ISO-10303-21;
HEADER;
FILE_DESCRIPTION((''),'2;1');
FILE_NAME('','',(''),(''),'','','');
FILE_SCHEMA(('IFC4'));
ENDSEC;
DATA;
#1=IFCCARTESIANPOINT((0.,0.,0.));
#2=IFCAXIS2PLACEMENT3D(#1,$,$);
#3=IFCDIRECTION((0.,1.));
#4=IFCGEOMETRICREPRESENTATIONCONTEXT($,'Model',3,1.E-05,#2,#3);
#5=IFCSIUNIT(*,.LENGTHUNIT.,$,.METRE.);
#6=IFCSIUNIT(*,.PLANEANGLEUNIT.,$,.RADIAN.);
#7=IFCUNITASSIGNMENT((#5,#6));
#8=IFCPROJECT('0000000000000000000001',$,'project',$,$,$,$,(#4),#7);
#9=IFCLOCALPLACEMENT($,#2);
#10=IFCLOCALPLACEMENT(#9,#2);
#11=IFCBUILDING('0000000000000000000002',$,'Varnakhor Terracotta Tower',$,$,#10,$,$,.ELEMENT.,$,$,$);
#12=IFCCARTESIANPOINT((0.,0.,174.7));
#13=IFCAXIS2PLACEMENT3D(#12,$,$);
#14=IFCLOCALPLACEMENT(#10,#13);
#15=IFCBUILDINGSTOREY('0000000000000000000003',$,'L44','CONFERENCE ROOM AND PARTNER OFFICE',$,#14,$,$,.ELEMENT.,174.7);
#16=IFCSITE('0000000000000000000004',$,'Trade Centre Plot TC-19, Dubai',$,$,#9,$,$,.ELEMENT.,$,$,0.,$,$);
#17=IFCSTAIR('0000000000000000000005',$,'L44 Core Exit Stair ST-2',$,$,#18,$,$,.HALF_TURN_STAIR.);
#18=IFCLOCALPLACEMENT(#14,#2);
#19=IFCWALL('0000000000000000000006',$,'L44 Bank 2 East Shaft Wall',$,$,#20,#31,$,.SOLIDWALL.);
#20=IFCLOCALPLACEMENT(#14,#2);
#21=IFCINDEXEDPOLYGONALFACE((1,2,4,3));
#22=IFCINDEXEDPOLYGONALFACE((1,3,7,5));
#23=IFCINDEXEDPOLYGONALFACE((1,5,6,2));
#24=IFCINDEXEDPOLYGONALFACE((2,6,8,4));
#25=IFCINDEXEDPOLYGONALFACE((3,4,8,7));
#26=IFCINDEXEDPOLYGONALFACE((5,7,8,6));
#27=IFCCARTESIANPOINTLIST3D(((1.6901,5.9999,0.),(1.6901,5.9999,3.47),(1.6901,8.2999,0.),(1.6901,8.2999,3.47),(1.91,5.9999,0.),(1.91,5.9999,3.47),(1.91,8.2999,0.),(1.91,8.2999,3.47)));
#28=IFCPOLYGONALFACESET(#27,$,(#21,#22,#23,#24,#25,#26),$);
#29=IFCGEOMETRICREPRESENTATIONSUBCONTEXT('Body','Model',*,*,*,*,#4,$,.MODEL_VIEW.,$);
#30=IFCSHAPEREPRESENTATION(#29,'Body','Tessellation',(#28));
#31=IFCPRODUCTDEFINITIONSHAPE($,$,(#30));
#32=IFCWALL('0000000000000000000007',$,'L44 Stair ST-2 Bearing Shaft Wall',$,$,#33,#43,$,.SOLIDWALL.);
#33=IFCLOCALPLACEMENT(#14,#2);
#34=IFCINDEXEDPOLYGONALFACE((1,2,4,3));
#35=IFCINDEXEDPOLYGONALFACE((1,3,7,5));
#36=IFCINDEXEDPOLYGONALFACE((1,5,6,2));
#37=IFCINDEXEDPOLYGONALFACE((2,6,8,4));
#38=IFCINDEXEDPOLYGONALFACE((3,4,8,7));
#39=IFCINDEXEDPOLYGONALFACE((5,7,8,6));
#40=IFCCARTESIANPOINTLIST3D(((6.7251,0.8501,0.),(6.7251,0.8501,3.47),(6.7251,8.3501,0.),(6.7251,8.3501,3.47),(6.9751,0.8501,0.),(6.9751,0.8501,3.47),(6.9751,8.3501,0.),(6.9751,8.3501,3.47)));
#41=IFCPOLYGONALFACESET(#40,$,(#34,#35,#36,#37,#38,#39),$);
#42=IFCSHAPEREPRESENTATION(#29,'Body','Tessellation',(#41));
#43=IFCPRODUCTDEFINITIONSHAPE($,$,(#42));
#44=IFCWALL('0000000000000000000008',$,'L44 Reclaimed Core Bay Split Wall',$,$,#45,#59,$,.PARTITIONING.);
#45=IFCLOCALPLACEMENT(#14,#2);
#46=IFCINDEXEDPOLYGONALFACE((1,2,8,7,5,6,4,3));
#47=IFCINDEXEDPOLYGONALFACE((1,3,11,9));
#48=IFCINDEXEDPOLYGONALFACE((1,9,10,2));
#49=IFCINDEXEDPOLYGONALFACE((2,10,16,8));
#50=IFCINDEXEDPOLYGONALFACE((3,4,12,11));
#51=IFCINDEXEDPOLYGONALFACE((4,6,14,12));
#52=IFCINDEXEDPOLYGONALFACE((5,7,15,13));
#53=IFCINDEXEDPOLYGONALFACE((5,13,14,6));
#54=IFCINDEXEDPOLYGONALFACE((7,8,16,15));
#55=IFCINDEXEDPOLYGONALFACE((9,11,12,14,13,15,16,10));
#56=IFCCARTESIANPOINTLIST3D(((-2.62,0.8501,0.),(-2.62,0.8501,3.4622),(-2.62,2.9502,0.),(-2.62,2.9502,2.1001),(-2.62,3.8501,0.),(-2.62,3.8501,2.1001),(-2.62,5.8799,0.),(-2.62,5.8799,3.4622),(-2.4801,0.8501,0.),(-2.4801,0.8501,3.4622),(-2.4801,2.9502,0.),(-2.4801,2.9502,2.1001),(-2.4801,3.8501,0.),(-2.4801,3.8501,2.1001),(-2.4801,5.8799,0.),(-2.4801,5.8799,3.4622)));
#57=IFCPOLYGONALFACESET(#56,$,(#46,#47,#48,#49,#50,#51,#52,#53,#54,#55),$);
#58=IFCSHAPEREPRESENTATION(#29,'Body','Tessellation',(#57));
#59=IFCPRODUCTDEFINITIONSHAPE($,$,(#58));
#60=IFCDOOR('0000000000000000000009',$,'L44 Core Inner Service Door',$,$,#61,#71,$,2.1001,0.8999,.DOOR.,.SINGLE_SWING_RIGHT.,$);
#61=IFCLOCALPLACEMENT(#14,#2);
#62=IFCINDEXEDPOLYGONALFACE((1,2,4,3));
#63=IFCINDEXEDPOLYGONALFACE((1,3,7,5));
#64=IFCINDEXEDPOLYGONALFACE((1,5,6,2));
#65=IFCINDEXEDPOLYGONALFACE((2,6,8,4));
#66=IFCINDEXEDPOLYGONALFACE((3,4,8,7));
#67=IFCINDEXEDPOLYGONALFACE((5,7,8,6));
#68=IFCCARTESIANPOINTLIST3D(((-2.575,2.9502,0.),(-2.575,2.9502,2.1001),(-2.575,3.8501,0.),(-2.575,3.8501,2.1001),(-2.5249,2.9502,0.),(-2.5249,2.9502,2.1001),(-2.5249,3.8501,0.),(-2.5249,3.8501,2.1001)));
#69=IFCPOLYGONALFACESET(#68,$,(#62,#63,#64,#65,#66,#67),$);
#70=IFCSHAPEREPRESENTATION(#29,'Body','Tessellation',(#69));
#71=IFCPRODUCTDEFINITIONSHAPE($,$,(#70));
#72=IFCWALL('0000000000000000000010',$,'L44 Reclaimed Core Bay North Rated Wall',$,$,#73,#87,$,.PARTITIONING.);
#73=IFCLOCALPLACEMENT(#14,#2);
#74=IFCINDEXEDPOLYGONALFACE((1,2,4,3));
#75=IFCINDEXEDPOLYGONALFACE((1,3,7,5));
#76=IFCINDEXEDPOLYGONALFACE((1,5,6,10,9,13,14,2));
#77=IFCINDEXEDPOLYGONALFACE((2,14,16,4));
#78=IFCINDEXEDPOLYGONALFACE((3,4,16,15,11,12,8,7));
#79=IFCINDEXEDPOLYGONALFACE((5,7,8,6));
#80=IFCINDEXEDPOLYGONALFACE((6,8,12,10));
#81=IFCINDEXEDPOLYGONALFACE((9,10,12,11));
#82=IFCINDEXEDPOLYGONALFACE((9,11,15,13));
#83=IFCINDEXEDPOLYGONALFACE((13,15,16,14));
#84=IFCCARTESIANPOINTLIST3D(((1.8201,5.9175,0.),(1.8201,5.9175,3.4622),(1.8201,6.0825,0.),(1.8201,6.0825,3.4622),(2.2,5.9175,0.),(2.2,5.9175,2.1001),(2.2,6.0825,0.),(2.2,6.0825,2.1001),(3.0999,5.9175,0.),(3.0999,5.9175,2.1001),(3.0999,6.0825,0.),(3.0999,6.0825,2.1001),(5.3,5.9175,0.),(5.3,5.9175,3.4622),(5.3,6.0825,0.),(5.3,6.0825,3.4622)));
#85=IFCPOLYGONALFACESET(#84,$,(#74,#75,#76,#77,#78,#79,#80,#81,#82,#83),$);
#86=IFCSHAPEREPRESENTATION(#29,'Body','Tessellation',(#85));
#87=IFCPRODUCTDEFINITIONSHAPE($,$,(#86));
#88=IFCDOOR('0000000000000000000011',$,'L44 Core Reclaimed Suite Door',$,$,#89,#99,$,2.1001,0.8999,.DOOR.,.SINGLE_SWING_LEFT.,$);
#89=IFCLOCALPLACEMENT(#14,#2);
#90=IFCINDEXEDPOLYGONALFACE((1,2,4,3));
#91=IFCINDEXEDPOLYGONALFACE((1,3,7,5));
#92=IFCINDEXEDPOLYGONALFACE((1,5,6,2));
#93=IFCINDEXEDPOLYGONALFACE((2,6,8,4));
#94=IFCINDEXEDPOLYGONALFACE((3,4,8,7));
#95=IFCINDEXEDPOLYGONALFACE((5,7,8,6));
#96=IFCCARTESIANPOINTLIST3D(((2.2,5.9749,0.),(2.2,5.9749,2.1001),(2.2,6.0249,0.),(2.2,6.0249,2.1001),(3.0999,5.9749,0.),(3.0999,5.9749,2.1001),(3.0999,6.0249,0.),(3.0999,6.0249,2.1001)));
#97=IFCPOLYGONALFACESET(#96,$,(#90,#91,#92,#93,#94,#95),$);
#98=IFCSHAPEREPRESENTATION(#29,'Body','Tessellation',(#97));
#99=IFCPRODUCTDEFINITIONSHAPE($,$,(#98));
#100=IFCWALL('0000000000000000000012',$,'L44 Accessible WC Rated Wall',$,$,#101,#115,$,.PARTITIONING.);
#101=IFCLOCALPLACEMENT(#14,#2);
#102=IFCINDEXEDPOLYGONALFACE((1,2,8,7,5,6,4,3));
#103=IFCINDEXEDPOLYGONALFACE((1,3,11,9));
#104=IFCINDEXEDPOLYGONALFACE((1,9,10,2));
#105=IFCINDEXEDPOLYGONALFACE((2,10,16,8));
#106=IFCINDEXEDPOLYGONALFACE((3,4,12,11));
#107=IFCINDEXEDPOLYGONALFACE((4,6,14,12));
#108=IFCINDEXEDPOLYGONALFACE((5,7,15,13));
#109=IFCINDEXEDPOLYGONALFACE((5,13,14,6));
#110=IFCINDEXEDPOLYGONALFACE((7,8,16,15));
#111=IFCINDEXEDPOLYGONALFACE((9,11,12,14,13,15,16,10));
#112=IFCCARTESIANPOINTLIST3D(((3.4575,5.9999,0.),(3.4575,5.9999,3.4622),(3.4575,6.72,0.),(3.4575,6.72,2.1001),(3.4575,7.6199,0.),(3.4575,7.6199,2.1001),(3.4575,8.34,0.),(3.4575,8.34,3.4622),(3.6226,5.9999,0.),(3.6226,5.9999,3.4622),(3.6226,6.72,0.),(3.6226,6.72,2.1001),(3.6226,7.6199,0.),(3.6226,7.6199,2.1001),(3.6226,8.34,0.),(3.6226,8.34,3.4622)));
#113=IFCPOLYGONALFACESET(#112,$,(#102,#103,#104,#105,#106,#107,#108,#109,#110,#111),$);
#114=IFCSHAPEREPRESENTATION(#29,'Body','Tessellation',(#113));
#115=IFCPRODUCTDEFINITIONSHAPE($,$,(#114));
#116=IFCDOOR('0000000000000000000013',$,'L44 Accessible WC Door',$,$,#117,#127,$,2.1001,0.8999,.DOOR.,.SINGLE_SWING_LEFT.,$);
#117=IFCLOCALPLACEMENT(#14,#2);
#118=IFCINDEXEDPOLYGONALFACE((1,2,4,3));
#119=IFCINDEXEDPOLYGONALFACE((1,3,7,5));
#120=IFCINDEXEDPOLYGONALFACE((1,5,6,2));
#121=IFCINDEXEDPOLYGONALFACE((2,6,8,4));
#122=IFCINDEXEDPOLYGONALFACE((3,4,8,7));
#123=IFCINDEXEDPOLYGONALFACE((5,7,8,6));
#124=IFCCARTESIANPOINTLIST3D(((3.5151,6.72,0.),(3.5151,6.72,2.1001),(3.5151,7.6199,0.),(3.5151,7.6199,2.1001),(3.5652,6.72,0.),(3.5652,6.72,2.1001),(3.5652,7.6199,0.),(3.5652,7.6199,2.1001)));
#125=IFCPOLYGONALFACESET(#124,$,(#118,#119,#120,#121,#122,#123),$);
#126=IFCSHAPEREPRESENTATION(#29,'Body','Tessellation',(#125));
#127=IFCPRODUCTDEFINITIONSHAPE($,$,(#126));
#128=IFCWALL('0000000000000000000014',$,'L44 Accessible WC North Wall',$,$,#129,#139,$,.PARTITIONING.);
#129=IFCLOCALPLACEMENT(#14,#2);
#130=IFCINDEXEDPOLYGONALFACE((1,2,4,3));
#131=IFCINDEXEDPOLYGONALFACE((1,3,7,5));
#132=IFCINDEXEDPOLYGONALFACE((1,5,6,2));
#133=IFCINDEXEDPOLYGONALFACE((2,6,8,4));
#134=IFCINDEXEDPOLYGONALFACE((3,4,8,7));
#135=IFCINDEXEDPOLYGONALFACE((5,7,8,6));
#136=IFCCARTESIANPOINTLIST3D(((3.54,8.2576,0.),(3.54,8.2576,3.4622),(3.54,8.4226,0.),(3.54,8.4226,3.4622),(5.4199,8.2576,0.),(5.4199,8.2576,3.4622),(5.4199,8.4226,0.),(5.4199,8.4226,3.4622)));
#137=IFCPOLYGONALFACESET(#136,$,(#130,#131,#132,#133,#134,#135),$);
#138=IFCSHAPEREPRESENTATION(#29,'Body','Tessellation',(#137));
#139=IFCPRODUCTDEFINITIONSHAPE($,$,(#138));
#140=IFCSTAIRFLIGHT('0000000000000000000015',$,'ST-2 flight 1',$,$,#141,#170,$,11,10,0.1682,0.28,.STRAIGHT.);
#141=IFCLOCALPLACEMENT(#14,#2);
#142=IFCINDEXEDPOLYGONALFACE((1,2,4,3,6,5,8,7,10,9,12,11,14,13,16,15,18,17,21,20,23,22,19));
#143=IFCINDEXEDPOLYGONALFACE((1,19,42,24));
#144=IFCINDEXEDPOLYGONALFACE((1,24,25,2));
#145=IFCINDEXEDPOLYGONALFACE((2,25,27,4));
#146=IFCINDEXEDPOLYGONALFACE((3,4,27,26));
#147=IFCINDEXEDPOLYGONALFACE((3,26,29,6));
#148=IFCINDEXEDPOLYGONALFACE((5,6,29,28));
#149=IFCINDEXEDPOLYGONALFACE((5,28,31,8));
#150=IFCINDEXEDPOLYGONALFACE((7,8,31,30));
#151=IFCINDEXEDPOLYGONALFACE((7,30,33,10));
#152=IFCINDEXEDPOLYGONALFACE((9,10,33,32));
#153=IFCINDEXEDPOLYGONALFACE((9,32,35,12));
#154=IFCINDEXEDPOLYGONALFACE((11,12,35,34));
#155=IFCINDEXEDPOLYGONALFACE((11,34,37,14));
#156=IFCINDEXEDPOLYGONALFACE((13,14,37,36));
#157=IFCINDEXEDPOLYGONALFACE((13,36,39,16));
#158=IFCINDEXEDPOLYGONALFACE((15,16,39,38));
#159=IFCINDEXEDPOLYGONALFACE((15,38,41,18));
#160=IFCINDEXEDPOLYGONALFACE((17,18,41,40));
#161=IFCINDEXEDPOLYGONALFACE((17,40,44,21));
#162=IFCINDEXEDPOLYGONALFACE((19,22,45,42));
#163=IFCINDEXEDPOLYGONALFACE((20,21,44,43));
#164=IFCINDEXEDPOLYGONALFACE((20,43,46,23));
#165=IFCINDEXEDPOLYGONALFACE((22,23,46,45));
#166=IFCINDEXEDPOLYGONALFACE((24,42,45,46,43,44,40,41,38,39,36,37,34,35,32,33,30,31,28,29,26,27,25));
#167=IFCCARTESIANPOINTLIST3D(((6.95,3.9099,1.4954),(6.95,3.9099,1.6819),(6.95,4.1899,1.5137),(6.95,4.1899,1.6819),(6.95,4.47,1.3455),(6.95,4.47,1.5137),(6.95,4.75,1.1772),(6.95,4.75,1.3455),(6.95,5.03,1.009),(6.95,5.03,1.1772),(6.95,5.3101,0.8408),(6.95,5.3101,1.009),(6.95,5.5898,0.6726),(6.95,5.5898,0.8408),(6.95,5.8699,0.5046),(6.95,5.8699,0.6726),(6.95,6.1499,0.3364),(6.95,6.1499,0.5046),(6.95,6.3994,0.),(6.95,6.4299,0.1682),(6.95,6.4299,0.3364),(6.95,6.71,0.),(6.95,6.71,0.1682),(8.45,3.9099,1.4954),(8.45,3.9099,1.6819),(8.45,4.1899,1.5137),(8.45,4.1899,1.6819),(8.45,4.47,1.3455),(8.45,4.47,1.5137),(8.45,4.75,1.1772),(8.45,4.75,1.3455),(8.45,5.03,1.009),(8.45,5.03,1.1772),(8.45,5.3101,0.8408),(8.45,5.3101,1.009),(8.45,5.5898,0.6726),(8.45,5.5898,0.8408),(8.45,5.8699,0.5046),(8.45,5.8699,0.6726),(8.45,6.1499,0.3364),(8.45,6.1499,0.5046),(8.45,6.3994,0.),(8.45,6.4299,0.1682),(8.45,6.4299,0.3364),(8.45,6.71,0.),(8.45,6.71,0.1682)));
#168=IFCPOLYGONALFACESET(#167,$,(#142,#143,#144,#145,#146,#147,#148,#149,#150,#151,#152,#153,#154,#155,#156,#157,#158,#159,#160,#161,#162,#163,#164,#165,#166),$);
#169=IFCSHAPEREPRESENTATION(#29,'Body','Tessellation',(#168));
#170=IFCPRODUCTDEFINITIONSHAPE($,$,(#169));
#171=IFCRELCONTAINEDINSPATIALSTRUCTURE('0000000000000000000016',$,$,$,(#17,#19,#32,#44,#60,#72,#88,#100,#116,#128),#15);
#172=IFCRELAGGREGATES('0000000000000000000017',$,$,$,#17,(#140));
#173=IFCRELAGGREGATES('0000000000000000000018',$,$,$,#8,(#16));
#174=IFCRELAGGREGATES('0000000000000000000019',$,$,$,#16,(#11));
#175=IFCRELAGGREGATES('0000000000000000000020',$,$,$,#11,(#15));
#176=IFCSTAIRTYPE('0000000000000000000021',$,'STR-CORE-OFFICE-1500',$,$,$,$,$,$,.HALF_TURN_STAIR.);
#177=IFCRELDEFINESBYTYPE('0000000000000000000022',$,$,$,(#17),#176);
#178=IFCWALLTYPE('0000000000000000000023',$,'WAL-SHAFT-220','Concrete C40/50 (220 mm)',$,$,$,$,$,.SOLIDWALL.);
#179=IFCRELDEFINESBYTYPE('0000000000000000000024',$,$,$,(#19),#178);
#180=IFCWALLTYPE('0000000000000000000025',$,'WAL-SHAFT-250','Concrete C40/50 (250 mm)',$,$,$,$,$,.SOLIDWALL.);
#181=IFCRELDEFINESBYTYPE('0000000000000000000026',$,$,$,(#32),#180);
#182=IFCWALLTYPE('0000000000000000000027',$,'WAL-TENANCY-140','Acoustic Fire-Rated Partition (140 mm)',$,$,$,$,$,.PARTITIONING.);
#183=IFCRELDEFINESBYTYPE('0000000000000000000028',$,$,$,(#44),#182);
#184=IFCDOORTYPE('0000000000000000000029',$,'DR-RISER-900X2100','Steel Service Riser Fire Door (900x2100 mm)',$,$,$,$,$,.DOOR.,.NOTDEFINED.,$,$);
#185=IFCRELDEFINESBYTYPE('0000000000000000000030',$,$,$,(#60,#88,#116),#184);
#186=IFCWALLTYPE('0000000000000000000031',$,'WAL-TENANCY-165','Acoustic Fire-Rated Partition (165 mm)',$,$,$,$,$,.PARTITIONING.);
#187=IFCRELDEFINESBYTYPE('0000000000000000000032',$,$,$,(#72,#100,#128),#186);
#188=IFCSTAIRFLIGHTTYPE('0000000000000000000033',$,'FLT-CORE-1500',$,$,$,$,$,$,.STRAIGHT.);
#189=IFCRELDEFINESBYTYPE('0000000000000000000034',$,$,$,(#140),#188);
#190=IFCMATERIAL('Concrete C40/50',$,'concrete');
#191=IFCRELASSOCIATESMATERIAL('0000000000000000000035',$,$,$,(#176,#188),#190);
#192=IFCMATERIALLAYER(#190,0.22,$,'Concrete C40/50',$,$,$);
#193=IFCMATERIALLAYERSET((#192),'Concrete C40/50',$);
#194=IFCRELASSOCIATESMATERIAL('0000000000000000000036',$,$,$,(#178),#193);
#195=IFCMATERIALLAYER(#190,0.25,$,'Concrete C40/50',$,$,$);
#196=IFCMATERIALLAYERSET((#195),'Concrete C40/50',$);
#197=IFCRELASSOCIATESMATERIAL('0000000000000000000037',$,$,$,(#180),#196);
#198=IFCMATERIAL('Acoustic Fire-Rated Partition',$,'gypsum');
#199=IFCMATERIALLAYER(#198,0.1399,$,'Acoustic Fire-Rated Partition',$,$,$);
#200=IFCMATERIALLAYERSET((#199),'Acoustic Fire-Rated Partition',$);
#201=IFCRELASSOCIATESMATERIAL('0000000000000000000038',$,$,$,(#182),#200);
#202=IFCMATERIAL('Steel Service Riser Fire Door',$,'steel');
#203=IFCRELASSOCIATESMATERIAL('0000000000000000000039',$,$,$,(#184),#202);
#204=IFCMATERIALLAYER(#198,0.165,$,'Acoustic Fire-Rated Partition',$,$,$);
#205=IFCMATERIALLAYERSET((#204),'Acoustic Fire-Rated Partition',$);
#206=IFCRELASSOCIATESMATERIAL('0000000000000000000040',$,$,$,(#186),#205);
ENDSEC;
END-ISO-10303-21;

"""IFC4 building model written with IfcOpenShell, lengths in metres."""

from ifc_helpers import new_model, si_unit, direction, frame, frame_2d, origin, place, context, subcontext, project, spatial, polyline, rectangle, outline, extrude, source, transform, mapped, material, layer, layer_set, type_object, type_shapes, element, fill, aggregate, save


model = new_model("IFC4")

# Units and contexts
model_context = context("Model", 3, precision=1e-05, world=origin(), true_north=direction((0.0, 1.0)))
body_context = subcontext(model_context, "Body", "Model", "MODEL_VIEW")
ifc_project = project(units=[si_unit("LENGTHUNIT", "METRE"), si_unit("PLANEANGLEUNIT", "RADIAN")], contexts=[model_context])

# Site, building, storey
site_placement = place(None, origin())
site = spatial("IfcSite", under=ifc_project, at=site_placement, Name="Trade Centre Plot TC-19, Dubai", CompositionType="ELEMENT", RefElevation=0.0)
building_placement = place(site_placement, origin())
building = spatial("IfcBuilding", under=site, at=building_placement, Name="Varnakhor Terracotta Tower", CompositionType="ELEMENT")
storey_placement = place(building_placement, frame((0.0, 0.0, 174.7)))
storey = spatial("IfcBuildingStorey", under=building, at=storey_placement, Name="L44", Description="CONFERENCE ROOM AND PARTNER OFFICE", CompositionType="ELEMENT", Elevation=174.7)

# Stair
ifc_material_1 = material(Name="Concrete C40/50", Category="concrete")
stair_type = type_object("IfcStairType", Name="STR-CORE-OFFICE-1500", PredefinedType="HALF_TURN_STAIR", material=ifc_material_1)
stair_1_placement = place(storey_placement, origin())
stair_1 = element("IfcStair", 1, at=stair_1_placement, inside=storey, type_object=stair_type, Name="L44 Core Exit Stair ST-2", PredefinedType="HALF_TURN_STAIR")

# Walls
ifc_layer_1 = layer(ifc_material_1, 0.22, Name="Concrete C40/50")
ifc_layer_set_1 = layer_set([ifc_layer_1], Name="Concrete C40/50")
wall_type_1 = type_object("IfcWallType", Name="WAL-SHAFT-220", Description="Concrete C40/50 (220 mm)", PredefinedType="SOLIDWALL", material=ifc_layer_set_1)
wall_1_placement = place(storey_placement, frame((1.8, 6.0, 0.0), z_axis=(0.0, 0.0, 1.0), x_axis=(0.0, 1.0, 0.0)))
element("IfcWall", 2, at=wall_1_placement, inside=storey, type_object=wall_type_1, Name="L44 Bank 2 East Shaft Wall", PredefinedType="SOLIDWALL", context=body_context, shape_type="SweptSolid", body=[
    extrude(rectangle(XDim=2.3, YDim=0.22, at=frame_2d((1.1499, 0.0))), origin(), (0.0, 0.0, 1.0), 3.47),
])
ifc_layer_2 = layer(ifc_material_1, 0.25, Name="Concrete C40/50")
ifc_layer_set_2 = layer_set([ifc_layer_2], Name="Concrete C40/50")
wall_type_2 = type_object("IfcWallType", Name="WAL-SHAFT-250", Description="Concrete C40/50 (250 mm)", PredefinedType="SOLIDWALL", material=ifc_layer_set_2)
wall_2_placement = place(storey_placement, frame((6.8501, 0.8501, 0.0), z_axis=(0.0, 0.0, 1.0), x_axis=(0.0, 1.0, 0.0)))
element("IfcWall", 3, at=wall_2_placement, inside=storey, type_object=wall_type_2, Name="L44 Stair ST-2 Bearing Shaft Wall", PredefinedType="SOLIDWALL", context=body_context, shape_type="SweptSolid", body=[
    extrude(rectangle(XDim=7.5, YDim=0.25, at=frame_2d((3.75, 0.0))), origin(), (0.0, 0.0, 1.0), 3.47),
])

# Walls, openings, doors
ifc_material_2 = material(Name="Acoustic Fire-Rated Partition", Category="gypsum")
ifc_layer_3 = layer(ifc_material_2, 0.1399, Name="Acoustic Fire-Rated Partition")
ifc_layer_set_3 = layer_set([ifc_layer_3], Name="Acoustic Fire-Rated Partition")
wall_type_3 = type_object("IfcWallType", Name="WAL-TENANCY-140", Description="Acoustic Fire-Rated Partition (140 mm)", PredefinedType="PARTITIONING", material=ifc_layer_set_3)
wall_3_placement = place(storey_placement, frame((-2.55, 0.8501, 0.0), z_axis=(0.0, 0.0, 1.0), x_axis=(0.0, 1.0, 0.0)))
wall_3 = element("IfcWall", 4, at=wall_3_placement, inside=storey, type_object=wall_type_3, Name="L44 Reclaimed Core Bay Split Wall", PredefinedType="PARTITIONING", context=body_context, shape_type="SweptSolid", body=[
    extrude(rectangle(XDim=5.0298, YDim=0.1399, at=frame_2d((2.5149, 0.0))), origin(), (0.0, 0.0, 1.0), 3.4622),
])
opening_1_placement = place(wall_3_placement, frame((2.1001, 0.0, 0.0)))
opening_1 = element("IfcOpeningElement", 5, at=opening_1_placement, cuts=wall_3, PredefinedType="OPENING", context=body_context, shape_type="SweptSolid", body=[
    extrude(rectangle(XDim=0.8999, YDim=2.1001, at=frame_2d((0.45, 1.05))), frame((0.0, 0.0801, 0.0), z_axis=(0.0, -1.0, 0.0), x_axis=(1.0, 0.0, 0.0)), (0.0, 0.0, 1.0), 0.1599),
])
ifc_material_3 = material(Name="Steel Service Riser Fire Door", Category="steel")
door_type_1 = type_object("IfcDoorType", Name="DR-RISER-900X2100", Description="Steel Service Riser Fire Door (900x2100 mm)", OperationType="NOTDEFINED", PredefinedType="DOOR", material=ifc_material_3)
shared_shape_1 = source(origin(), body_context, "Body", "SweptSolid", [
    extrude(rectangle(XDim=0.8999, YDim=2.1001, at=frame_2d((0.45, 1.05))), frame((0.0, 0.0249, 0.0), z_axis=(0.0, -1.0, 0.0), x_axis=(1.0, 0.0, 0.0)), (0.0, 0.0, 1.0), 0.05),
])
type_shapes(door_type_1, [shared_shape_1])
door_1_placement = place(opening_1_placement, origin())
door_1 = element("IfcDoor", 6, at=door_1_placement, inside=storey, type_object=door_type_1, Name="L44 Core Inner Service Door", OperationType="SINGLE_SWING_RIGHT", OverallHeight=2.1001, OverallWidth=0.8999, PredefinedType="DOOR", context=body_context, shape_type="MappedRepresentation", body=[
    mapped(shared_shape_1, transform((0.0, 0.0, 0.0), scale=1.0)),
])
fill(opening_1, door_1)
ifc_layer_4 = layer(ifc_material_2, 0.165, Name="Acoustic Fire-Rated Partition")
ifc_layer_set_4 = layer_set([ifc_layer_4], Name="Acoustic Fire-Rated Partition")
wall_type_4 = type_object("IfcWallType", Name="WAL-TENANCY-165", Description="Acoustic Fire-Rated Partition (165 mm)", PredefinedType="PARTITIONING", material=ifc_layer_set_4)
wall_4_placement = place(storey_placement, frame((1.8201, 6.0, 0.0), z_axis=(0.0, 0.0, 1.0), x_axis=(1.0, 0.0, 0.0)))
wall_4 = element("IfcWall", 7, at=wall_4_placement, inside=storey, type_object=wall_type_4, Name="L44 Reclaimed Core Bay North Rated Wall", PredefinedType="PARTITIONING", context=body_context, shape_type="SweptSolid", body=[
    extrude(rectangle(XDim=3.48, YDim=0.165, at=frame_2d((1.74, 0.0))), origin(), (0.0, 0.0, 1.0), 3.4622),
])
opening_2_placement = place(wall_4_placement, frame((0.3799, 0.0, 0.0)))
opening_2 = element("IfcOpeningElement", 8, at=opening_2_placement, cuts=wall_4, PredefinedType="OPENING", context=body_context, shape_type="SweptSolid", body=[
    extrude(rectangle(XDim=0.8999, YDim=2.1001, at=frame_2d((0.45, 1.05))), frame((0.0, 0.0925, 0.0), z_axis=(0.0, -1.0, 0.0), x_axis=(1.0, 0.0, 0.0)), (0.0, 0.0, 1.0), 0.1851),
])
door_2_placement = place(opening_2_placement, origin())
door_2 = element("IfcDoor", 9, at=door_2_placement, inside=storey, type_object=door_type_1, Name="L44 Core Reclaimed Suite Door", OperationType="SINGLE_SWING_LEFT", OverallHeight=2.1001, OverallWidth=0.8999, PredefinedType="DOOR", context=body_context, shape_type="MappedRepresentation", body=[
    mapped(shared_shape_1, transform((0.0, 0.0, 0.0), scale=1.0)),
])
fill(opening_2, door_2)
wall_5_placement = place(storey_placement, frame((3.54, 6.0, 0.0), z_axis=(0.0, 0.0, 1.0), x_axis=(0.0, 1.0, 0.0)))
wall_5 = element("IfcWall", 10, at=wall_5_placement, inside=storey, type_object=wall_type_4, Name="L44 Accessible WC Rated Wall", PredefinedType="PARTITIONING", context=body_context, shape_type="SweptSolid", body=[
    extrude(rectangle(XDim=2.3401, YDim=0.165, at=frame_2d((1.1699, 0.0))), origin(), (0.0, 0.0, 1.0), 3.4622),
])
opening_3_placement = place(wall_5_placement, frame((0.72, 0.0, 0.0)))
opening_3 = element("IfcOpeningElement", 11, at=opening_3_placement, cuts=wall_5, PredefinedType="OPENING", context=body_context, shape_type="SweptSolid", body=[
    extrude(rectangle(XDim=0.8999, YDim=2.1001, at=frame_2d((0.45, 1.05))), frame((0.0, 0.0925, 0.0), z_axis=(0.0, -1.0, 0.0), x_axis=(1.0, 0.0, 0.0)), (0.0, 0.0, 1.0), 0.1851),
])
door_3_placement = place(opening_3_placement, origin())
door_3 = element("IfcDoor", 12, at=door_3_placement, inside=storey, type_object=door_type_1, Name="L44 Accessible WC Door", OperationType="SINGLE_SWING_LEFT", OverallHeight=2.1001, OverallWidth=0.8999, PredefinedType="DOOR", context=body_context, shape_type="MappedRepresentation", body=[
    mapped(shared_shape_1, transform((0.0, 0.0, 0.0), scale=1.0)),
])
fill(opening_3, door_3)

# Wall
wall_6_placement = place(storey_placement, frame((3.54, 8.3401, 0.0), z_axis=(0.0, 0.0, 1.0), x_axis=(1.0, 0.0, 0.0)))
element("IfcWall", 13, at=wall_6_placement, inside=storey, type_object=wall_type_4, Name="L44 Accessible WC North Wall", PredefinedType="PARTITIONING", context=body_context, shape_type="SweptSolid", body=[
    extrude(rectangle(XDim=1.8799, YDim=0.165, at=frame_2d((0.9399, 0.0))), origin(), (0.0, 0.0, 1.0), 3.4622),
])

# Stair flight
stair_flight_type = type_object("IfcStairFlightType", Name="FLT-CORE-1500", PredefinedType="STRAIGHT", material=ifc_material_1)
stair_flight_1_placement = place(storey_placement, frame((7.7, 6.71, 0.0), z_axis=(0.0, 0.0, 1.0), x_axis=(0.0, -1.0, 0.0)))
stair_flight_1 = element("IfcStairFlight", 14, at=stair_flight_1_placement, type_object=stair_flight_type, Name="ST-2 flight 1", NumberOfRisers=11, NumberOfTreads=10, PredefinedType="STRAIGHT", RiserHeight=0.1682, TreadLength=0.28, context=body_context, shape_type="SweptSolid", body=[
    extrude(outline(polyline([(0.0, 0.0), (0.0, 0.1682), (0.28, 0.1682), (0.28, 0.3364), (0.5601, 0.3364), (0.5601, 0.5046), (0.8401, 0.5046), (0.8401, 0.6726), (1.1201, 0.6726), (1.1201, 0.8408), (1.3999, 0.8408), (1.3999, 1.009), (1.6799, 1.009), (1.6799, 1.1772), (1.96, 1.1772), (1.96, 1.3455), (2.24, 1.3455), (2.24, 1.5137), (2.52, 1.5137), (2.52, 1.6819), (2.8, 1.6819), (2.8, 1.8501), (2.8, 1.4954), (0.3105, 0.0), (0.0, 0.0)])), frame((0.0, 0.75, 0.0), z_axis=(0.0, -1.0, 0.0), x_axis=(1.0, 0.0, 0.0)), (0.0, 0.0, 1.0), 1.5),
])
aggregate(stair_1, [stair_flight_1])

save(model, "model.ifc")
